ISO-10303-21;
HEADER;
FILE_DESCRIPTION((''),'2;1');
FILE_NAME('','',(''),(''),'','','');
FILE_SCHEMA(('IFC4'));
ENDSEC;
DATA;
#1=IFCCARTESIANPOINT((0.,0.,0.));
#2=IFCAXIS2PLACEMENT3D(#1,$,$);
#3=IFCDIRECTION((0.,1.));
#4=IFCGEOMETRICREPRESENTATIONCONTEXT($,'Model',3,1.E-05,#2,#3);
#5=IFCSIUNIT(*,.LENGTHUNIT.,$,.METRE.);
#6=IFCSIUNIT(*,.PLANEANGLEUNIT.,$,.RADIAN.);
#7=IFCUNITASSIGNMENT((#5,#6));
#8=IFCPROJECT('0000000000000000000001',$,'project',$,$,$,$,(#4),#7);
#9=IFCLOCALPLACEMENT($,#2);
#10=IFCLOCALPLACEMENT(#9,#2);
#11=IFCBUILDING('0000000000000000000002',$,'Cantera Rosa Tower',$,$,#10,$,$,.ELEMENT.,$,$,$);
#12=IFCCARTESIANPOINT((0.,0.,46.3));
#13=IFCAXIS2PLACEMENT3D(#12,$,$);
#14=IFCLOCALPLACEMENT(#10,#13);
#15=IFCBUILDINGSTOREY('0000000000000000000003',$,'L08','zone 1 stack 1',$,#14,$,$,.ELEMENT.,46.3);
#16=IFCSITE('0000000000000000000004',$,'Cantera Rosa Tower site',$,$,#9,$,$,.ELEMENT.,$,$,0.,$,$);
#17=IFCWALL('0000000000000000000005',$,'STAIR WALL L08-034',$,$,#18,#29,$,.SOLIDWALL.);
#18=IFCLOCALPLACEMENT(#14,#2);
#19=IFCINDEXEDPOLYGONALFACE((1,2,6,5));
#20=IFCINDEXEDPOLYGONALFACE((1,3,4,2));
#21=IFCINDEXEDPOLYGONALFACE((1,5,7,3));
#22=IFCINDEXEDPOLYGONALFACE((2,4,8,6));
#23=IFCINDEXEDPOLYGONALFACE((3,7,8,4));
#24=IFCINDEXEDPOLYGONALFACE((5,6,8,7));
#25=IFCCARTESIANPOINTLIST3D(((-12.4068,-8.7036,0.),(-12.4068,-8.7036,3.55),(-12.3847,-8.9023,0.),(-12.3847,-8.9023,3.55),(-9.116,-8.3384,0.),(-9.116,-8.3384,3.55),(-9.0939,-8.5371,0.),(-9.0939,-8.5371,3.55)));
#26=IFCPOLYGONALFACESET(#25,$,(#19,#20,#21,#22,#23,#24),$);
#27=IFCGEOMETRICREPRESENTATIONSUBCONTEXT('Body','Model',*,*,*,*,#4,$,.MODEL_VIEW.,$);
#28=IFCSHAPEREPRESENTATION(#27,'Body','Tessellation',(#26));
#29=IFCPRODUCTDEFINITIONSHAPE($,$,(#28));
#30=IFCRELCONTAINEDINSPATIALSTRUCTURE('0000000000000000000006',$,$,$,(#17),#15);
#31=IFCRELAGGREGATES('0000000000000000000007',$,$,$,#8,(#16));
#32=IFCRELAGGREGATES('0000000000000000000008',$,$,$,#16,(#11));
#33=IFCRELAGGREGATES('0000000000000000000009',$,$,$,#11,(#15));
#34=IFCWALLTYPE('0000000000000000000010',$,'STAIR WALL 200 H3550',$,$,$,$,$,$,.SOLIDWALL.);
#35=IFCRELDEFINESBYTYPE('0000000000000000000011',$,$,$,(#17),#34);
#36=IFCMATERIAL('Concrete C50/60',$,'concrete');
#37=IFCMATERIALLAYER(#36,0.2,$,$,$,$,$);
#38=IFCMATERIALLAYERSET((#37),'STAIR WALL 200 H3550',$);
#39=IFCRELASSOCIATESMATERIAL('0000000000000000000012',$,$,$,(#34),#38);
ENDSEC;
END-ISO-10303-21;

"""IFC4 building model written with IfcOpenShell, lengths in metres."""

from ifc_helpers import new_model, si_unit, direction, frame, frame_2d, origin, place, context, subcontext, project, spatial, rectangle, extrude, material, layer, layer_set, type_object, element, save


model = new_model("IFC4")

# Units and contexts
model_context = context("Model", 3, precision=1e-05, world=origin(), true_north=direction((0.0, 1.0)))
body_context = subcontext(model_context, "Body", "Model", "MODEL_VIEW")
ifc_project = project(units=[si_unit("LENGTHUNIT", "METRE"), si_unit("PLANEANGLEUNIT", "RADIAN")], contexts=[model_context])

# Site, building, storey
site_placement = place(None, origin())
site = spatial("IfcSite", under=ifc_project, at=site_placement, Name="Cantera Rosa Tower site", CompositionType="ELEMENT", RefElevation=0.0)
building_placement = place(site_placement, origin())
building = spatial("IfcBuilding", under=site, at=building_placement, Name="Cantera Rosa Tower", CompositionType="ELEMENT")
storey_placement = place(building_placement, frame((0.0, 0.0, 46.3)))
storey = spatial("IfcBuildingStorey", under=building, at=storey_placement, Name="L08", Description="zone 1 stack 1", CompositionType="ELEMENT", Elevation=46.3)

# Wall
ifc_material_1 = material(Name="Concrete C50/60", Category="concrete")
ifc_layer_1 = layer(ifc_material_1, 0.2)
ifc_layer_set_1 = layer_set([ifc_layer_1], Name="STAIR WALL 200 H3550")
wall_type_1 = type_object("IfcWallType", Name="STAIR WALL 200 H3550", PredefinedType="SOLIDWALL", material=ifc_layer_set_1)
wall_1_placement = place(storey_placement, frame((-12.3958, -8.803, 0.0), z_axis=(0.0, 0.0, 1.0), x_axis=(0.993897, 0.11031, 0.0)))
element("IfcWall", 1, at=wall_1_placement, inside=storey, type_object=wall_type_1, Name="STAIR WALL L08-034", PredefinedType="SOLIDWALL", context=body_context, shape_type="SweptSolid", body=[
    extrude(rectangle(XDim=3.311, YDim=0.2, at=frame_2d((1.6555, 0.0))), origin(), (0.0, 0.0, 1.0), 3.55),
])

save(model, "model.ifc")
